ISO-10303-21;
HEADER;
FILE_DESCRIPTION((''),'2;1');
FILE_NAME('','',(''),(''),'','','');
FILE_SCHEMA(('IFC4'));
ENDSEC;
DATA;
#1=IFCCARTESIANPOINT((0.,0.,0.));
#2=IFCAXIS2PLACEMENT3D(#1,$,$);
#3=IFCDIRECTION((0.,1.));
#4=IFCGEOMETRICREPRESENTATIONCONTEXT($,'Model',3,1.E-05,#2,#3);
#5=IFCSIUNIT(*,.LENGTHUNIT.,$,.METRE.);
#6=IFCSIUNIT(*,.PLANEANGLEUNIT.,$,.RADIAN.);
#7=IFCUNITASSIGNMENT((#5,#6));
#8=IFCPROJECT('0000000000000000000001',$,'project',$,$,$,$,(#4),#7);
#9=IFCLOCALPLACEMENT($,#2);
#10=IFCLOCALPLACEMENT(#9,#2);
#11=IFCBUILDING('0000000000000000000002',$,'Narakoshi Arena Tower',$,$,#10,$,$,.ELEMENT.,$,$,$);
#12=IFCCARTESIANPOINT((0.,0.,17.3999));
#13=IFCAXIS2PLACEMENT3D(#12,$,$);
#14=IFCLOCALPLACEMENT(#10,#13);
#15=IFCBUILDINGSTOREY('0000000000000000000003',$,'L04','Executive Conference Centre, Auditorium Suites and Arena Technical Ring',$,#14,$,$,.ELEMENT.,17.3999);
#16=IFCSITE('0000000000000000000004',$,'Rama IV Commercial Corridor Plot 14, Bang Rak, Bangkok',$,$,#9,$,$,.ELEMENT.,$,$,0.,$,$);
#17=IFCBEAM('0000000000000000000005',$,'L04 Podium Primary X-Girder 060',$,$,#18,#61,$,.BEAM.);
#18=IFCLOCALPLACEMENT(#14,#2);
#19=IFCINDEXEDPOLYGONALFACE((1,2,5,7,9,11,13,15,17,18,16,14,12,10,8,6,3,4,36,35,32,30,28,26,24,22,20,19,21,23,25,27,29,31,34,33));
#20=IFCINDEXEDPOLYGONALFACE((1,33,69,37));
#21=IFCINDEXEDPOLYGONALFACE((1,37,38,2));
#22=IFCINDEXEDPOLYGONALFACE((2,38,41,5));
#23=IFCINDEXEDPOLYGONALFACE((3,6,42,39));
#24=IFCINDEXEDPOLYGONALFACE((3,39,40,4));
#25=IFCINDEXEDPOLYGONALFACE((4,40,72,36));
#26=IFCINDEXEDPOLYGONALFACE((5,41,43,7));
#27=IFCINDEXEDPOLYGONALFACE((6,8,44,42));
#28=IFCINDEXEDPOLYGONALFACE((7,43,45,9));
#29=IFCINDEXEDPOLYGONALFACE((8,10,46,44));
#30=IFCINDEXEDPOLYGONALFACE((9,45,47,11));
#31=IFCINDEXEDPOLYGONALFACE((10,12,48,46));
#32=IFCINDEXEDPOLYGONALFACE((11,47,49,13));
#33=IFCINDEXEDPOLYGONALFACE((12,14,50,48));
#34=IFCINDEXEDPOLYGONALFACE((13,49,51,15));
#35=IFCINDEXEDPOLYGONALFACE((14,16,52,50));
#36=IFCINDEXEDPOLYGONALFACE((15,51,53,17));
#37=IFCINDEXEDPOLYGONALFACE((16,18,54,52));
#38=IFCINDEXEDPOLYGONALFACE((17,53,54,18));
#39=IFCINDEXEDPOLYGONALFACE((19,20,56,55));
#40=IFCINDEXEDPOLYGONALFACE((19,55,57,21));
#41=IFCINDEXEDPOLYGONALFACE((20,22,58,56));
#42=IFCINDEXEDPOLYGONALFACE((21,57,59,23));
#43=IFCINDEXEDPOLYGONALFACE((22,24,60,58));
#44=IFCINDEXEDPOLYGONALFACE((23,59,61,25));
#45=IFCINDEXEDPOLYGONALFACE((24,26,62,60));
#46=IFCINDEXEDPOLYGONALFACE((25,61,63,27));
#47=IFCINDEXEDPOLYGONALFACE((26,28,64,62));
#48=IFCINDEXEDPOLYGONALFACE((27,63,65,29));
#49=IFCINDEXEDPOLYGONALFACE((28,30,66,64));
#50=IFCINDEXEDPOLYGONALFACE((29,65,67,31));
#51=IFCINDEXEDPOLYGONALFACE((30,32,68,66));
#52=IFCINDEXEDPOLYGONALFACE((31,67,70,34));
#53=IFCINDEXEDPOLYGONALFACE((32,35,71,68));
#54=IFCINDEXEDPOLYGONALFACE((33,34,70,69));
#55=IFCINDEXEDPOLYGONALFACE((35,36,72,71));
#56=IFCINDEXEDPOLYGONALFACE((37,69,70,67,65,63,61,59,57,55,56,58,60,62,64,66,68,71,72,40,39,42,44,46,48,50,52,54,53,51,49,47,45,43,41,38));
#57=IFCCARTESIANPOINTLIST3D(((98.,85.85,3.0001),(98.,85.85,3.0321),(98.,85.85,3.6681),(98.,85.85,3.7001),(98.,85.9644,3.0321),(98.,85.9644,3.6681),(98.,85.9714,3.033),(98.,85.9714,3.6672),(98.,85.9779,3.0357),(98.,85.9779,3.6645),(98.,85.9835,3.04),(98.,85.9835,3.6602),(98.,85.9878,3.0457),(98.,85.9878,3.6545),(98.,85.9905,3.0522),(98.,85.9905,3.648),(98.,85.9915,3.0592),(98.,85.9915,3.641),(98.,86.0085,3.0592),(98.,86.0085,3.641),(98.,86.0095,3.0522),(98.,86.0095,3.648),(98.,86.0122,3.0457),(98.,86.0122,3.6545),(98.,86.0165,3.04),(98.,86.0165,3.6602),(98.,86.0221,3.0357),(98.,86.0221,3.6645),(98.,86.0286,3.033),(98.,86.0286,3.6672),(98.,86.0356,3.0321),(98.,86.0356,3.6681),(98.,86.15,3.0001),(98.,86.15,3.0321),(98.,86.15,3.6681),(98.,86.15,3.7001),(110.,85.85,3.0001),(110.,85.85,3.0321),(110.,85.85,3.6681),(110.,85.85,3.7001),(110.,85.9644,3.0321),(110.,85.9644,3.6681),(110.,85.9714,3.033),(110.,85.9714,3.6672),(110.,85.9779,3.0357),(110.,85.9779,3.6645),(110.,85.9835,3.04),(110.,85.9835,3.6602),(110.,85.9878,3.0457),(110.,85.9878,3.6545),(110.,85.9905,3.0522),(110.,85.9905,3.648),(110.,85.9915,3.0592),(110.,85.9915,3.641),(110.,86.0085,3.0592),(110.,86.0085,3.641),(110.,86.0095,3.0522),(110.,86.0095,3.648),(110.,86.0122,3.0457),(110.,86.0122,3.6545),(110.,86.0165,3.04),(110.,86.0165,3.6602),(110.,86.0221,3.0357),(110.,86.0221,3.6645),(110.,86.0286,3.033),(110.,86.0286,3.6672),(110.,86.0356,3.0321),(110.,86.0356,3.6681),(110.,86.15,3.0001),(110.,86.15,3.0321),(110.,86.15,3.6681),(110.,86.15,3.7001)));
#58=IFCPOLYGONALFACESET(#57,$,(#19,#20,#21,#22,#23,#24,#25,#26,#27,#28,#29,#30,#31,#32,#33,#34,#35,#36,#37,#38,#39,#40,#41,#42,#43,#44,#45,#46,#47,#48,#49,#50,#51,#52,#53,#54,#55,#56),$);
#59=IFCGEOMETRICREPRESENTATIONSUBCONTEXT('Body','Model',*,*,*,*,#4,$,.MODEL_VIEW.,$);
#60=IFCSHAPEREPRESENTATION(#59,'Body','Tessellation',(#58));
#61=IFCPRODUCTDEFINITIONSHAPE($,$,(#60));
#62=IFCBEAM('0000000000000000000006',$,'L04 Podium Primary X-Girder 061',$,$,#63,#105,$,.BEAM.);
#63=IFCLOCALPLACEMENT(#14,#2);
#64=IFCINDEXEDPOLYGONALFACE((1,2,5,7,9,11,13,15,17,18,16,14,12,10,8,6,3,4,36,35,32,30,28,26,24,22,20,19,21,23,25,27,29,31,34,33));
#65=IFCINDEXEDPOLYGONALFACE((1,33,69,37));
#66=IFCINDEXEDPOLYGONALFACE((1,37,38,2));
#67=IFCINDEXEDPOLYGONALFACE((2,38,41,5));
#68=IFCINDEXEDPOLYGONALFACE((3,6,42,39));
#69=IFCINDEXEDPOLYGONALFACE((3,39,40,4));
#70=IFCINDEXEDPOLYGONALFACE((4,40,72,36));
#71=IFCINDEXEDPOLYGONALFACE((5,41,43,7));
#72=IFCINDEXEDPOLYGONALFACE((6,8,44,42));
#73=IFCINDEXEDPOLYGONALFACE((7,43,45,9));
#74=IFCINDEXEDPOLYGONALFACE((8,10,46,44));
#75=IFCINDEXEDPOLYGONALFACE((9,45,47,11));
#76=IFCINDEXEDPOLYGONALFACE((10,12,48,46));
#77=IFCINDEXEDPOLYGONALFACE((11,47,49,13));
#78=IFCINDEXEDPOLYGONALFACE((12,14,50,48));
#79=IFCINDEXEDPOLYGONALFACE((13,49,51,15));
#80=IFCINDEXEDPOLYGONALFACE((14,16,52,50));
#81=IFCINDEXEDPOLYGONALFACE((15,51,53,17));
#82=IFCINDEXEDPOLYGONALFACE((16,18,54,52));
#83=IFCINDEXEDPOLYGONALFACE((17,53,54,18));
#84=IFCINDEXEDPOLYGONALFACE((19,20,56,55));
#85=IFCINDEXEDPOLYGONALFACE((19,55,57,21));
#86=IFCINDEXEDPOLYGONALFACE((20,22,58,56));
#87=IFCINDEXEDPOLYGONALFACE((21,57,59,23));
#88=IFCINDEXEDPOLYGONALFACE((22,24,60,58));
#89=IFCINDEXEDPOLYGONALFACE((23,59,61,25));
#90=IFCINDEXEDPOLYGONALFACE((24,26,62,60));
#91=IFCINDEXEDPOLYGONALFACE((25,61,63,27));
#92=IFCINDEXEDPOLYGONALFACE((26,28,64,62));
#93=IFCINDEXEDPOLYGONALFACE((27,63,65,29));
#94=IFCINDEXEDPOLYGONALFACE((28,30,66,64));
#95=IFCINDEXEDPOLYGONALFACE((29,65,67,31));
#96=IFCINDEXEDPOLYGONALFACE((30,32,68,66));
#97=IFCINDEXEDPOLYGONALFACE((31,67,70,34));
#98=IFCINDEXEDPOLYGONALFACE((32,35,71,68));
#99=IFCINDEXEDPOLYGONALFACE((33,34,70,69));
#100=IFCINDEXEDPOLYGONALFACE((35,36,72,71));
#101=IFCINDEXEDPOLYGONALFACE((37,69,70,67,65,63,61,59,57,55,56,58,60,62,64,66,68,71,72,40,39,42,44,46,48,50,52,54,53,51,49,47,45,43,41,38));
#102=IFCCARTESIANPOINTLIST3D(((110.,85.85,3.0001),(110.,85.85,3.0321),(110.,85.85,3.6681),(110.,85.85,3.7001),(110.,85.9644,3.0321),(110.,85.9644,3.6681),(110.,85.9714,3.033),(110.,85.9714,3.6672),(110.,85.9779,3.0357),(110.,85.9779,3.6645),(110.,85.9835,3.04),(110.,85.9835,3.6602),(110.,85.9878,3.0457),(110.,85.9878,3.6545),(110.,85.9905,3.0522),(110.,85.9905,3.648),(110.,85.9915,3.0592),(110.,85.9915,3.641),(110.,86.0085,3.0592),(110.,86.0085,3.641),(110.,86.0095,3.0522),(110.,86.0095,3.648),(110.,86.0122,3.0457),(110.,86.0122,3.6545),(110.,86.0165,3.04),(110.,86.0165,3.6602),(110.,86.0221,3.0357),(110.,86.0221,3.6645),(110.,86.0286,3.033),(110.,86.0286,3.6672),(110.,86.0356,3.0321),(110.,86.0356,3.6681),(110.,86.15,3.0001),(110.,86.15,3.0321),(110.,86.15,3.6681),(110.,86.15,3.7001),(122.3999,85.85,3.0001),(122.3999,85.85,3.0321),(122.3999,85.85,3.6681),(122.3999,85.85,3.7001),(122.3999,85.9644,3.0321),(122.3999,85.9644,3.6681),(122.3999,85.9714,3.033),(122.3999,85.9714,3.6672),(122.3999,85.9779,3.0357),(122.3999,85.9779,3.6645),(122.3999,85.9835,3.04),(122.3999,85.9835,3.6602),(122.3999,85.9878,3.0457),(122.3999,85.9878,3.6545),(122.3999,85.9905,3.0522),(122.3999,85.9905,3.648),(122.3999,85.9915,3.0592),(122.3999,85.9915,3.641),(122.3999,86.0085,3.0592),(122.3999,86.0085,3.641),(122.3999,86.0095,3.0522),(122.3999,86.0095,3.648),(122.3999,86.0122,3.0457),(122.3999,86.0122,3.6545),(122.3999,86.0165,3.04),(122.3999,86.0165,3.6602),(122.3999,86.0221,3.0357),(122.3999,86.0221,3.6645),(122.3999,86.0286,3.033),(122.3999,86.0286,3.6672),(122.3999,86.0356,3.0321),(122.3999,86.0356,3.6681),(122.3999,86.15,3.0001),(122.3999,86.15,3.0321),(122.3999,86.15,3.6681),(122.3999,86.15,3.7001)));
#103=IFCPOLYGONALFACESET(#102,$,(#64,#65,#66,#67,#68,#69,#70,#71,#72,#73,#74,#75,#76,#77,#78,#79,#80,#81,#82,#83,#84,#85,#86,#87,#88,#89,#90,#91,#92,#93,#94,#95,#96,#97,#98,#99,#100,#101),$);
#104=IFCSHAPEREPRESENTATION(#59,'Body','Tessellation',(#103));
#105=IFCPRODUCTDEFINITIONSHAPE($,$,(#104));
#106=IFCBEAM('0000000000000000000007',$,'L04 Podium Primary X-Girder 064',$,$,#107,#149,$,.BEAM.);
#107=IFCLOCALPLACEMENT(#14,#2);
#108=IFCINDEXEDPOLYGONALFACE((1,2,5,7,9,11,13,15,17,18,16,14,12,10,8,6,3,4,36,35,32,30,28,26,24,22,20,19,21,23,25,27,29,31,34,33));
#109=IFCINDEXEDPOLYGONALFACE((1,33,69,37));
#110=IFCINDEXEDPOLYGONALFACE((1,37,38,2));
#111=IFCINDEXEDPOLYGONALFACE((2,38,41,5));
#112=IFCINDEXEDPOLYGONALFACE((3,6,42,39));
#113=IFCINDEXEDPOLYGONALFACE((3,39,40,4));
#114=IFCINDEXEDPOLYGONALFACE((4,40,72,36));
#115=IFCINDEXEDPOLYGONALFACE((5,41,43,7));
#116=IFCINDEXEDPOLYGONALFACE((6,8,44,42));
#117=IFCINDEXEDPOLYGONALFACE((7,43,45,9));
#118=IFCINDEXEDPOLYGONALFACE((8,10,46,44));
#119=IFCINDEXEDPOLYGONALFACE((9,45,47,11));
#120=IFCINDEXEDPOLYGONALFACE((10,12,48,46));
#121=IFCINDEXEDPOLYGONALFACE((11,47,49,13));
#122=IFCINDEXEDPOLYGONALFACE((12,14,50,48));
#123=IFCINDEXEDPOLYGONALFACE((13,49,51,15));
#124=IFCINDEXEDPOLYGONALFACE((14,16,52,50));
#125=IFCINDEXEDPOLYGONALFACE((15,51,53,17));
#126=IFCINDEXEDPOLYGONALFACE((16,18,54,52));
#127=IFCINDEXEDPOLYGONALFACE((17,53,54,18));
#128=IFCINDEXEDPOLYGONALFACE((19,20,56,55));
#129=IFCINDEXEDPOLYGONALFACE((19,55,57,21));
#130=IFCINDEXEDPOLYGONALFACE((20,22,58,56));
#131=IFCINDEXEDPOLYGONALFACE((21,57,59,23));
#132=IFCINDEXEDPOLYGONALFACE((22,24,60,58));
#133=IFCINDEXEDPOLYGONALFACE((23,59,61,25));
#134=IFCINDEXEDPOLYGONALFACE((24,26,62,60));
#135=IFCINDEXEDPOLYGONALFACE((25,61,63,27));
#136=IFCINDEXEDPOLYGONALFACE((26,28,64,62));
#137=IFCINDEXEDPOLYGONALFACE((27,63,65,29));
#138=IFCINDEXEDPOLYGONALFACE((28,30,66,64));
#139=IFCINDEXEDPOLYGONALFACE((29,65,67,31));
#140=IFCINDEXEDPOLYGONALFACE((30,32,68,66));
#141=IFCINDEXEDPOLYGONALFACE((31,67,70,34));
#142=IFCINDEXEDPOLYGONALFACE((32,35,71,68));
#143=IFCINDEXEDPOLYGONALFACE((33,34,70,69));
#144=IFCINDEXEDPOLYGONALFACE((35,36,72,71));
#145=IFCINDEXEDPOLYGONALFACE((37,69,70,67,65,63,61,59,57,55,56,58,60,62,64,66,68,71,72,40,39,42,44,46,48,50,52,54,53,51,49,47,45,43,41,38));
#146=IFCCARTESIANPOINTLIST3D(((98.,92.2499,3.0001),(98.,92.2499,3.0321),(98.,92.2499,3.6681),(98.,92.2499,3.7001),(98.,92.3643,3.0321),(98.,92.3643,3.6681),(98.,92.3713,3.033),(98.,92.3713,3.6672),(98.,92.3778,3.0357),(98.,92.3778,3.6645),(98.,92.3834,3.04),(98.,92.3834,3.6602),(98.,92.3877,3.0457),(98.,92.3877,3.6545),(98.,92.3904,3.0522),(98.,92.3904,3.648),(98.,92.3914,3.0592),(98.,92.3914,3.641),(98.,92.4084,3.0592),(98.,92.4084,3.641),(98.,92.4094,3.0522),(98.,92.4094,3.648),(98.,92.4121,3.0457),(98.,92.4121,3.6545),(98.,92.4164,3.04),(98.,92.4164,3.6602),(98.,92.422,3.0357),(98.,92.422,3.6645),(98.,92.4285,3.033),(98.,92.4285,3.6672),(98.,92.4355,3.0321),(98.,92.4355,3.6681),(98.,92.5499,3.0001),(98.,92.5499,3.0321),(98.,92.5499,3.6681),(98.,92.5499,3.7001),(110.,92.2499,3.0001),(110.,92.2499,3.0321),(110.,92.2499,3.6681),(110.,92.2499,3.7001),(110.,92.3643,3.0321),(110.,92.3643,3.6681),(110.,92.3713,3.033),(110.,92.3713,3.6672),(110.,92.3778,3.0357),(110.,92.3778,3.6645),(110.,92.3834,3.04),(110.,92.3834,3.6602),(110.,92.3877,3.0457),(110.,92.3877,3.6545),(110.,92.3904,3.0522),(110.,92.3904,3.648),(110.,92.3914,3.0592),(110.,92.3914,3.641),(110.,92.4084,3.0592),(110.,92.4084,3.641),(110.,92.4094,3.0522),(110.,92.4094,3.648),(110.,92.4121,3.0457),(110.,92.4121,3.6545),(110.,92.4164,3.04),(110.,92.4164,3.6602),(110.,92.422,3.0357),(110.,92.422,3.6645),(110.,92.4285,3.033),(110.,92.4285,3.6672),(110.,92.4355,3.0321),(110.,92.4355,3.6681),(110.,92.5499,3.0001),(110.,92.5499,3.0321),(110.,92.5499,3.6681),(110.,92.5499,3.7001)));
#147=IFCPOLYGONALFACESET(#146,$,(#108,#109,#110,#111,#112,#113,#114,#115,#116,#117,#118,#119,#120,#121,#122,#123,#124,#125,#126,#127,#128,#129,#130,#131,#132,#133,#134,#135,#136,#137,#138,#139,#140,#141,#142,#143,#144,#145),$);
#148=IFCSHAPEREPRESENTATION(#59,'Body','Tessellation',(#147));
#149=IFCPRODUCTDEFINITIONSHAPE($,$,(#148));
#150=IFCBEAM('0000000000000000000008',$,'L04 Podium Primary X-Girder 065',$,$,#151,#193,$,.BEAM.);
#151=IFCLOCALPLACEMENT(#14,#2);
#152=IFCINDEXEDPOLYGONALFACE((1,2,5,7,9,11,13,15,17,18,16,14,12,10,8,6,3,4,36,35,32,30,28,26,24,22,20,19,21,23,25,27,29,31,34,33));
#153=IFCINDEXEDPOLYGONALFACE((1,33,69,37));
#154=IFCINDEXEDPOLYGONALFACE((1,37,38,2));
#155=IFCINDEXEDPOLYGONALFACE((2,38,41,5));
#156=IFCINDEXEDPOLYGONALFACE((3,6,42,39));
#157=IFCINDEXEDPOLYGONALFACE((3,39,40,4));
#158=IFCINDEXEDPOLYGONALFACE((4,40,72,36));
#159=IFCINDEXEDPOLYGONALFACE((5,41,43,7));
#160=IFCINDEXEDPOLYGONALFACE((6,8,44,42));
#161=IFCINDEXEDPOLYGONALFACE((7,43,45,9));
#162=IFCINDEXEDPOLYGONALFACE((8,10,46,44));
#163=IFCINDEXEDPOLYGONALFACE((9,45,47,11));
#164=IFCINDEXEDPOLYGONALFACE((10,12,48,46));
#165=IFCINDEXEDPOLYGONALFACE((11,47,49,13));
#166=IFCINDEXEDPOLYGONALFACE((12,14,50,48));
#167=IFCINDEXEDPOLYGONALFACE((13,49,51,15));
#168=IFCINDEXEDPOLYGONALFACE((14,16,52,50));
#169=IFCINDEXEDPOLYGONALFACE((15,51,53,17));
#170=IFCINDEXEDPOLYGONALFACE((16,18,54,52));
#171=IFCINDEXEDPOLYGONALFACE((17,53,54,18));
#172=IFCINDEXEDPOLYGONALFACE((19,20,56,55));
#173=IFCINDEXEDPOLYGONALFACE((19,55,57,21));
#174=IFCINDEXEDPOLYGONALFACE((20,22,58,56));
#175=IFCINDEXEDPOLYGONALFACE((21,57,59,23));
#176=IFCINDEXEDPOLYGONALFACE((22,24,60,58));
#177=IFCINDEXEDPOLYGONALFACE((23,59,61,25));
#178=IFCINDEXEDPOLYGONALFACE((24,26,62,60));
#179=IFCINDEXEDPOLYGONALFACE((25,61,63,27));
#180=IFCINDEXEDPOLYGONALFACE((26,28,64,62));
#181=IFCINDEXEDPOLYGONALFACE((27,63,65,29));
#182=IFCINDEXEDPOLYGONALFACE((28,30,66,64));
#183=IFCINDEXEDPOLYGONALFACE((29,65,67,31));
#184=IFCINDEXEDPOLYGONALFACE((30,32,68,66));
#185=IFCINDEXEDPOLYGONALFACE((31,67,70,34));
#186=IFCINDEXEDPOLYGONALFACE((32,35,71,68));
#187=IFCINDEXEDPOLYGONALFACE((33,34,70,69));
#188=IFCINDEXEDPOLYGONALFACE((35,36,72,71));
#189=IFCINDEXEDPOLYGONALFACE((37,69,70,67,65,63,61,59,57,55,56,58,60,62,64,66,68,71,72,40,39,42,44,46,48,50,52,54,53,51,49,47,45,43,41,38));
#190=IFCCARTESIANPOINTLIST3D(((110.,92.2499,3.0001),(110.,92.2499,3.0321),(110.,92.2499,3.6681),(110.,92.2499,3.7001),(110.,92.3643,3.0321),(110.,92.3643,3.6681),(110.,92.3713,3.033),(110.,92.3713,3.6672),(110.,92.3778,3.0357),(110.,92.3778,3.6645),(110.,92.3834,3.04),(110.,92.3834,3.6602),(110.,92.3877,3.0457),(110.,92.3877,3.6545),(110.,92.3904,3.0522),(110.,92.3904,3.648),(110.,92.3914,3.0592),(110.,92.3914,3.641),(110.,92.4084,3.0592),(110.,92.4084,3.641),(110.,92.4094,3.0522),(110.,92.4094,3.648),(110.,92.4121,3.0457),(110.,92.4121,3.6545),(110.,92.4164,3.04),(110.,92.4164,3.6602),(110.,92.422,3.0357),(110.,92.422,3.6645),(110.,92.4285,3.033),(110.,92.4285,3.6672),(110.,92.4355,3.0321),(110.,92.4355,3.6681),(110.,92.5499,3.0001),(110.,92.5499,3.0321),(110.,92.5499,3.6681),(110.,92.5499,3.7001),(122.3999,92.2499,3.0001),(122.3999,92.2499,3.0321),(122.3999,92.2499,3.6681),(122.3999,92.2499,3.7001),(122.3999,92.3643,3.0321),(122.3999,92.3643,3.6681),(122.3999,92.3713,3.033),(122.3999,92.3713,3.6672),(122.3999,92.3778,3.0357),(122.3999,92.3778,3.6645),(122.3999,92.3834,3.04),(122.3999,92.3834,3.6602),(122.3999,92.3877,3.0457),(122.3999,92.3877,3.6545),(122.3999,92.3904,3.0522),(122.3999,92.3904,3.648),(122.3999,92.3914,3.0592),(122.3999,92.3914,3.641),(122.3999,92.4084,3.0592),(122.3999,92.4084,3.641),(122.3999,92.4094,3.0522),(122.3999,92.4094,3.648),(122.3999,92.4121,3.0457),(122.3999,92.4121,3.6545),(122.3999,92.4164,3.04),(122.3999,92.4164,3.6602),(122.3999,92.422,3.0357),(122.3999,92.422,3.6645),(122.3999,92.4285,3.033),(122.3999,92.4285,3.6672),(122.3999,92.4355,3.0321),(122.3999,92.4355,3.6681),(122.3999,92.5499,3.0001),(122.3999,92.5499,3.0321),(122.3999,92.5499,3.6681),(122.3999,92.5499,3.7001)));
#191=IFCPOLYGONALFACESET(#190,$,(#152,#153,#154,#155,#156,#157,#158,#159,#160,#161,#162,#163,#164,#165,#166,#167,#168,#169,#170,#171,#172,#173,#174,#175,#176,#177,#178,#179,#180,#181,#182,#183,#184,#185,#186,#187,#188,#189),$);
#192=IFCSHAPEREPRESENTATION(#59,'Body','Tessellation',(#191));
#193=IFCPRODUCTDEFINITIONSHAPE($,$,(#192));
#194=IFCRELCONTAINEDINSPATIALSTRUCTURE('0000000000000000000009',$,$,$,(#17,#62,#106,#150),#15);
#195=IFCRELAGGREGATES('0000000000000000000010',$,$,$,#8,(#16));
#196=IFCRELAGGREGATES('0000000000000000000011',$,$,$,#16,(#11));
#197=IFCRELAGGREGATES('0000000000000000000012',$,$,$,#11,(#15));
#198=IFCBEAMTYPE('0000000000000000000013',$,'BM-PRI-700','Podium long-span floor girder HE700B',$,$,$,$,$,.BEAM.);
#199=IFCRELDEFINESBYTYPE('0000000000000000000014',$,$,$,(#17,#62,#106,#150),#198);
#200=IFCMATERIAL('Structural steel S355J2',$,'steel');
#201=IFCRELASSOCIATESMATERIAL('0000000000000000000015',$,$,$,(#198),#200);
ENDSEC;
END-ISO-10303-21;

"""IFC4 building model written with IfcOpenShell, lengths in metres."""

from ifc_helpers import new_model, si_unit, direction, frame, origin, origin_2d, place, context, subcontext, project, spatial, i_section, extrude, material, material_profile, profile_set, type_object, element, save


model = new_model("IFC4")

# Units and contexts
model_context = context("Model", 3, precision=1e-05, world=origin(), true_north=direction((0.0, 1.0)))
body_context = subcontext(model_context, "Body", "Model", "MODEL_VIEW")
ifc_project = project(units=[si_unit("LENGTHUNIT", "METRE"), si_unit("PLANEANGLEUNIT", "RADIAN")], contexts=[model_context])

# Site, building, storey
site_placement = place(None, origin())
site = spatial("IfcSite", under=ifc_project, at=site_placement, Name="Rama IV Commercial Corridor Plot 14, Bang Rak, Bangkok", CompositionType="ELEMENT", RefElevation=0.0)
building_placement = place(site_placement, origin())
building = spatial("IfcBuilding", under=site, at=building_placement, Name="Narakoshi Arena Tower", CompositionType="ELEMENT")
storey_placement = place(building_placement, frame((0.0, 0.0, 17.3999)))
storey = spatial("IfcBuildingStorey", under=building, at=storey_placement, Name="L04", Description="Executive Conference Centre, Auditorium Suites and Arena Technical Ring", CompositionType="ELEMENT", Elevation=17.3999)

# Beams
ifc_material_1 = material(Name="Structural steel S355J2", Category="steel")
ifc_material_profile_1 = material_profile(ifc_material_1, i_section(OverallWidth=0.3, OverallDepth=0.7, WebThickness=0.0171, FlangeThickness=0.032, FilletRadius=0.0271, at=origin_2d()), Name="HE700B")
ifc_profile_set_1 = profile_set([ifc_material_profile_1], Name="Structural steel S355J2")
beam_type_1 = type_object("IfcBeamType", Name="BM-PRI-700", Description="Podium long-span floor girder HE700B", PredefinedType="BEAM", material=ifc_profile_set_1)
beam_1_placement = place(storey_placement, frame((98.0, 86.0, 3.3501), z_axis=(1.0, 0.0, 0.0), x_axis=(0.0, 1.0, 0.0)))
element("IfcBeam", 1, at=beam_1_placement, inside=storey, type_object=beam_type_1, Name="L04 Podium Primary X-Girder 060", PredefinedType="BEAM", context=body_context, shape_type="SweptSolid", body=[
    extrude(i_section(OverallWidth=0.3, OverallDepth=0.7, WebThickness=0.0171, FlangeThickness=0.032, FilletRadius=0.0271, at=origin_2d()), origin(), (0.0, 0.0, 1.0), 12.0),
])
beam_2_placement = place(storey_placement, frame((110.0, 86.0, 3.3501), z_axis=(1.0, 0.0, 0.0), x_axis=(0.0, 1.0, 0.0)))
element("IfcBeam", 2, at=beam_2_placement, inside=storey, type_object=beam_type_1, Name="L04 Podium Primary X-Girder 061", PredefinedType="BEAM", context=body_context, shape_type="SweptSolid", body=[
    extrude(i_section(OverallWidth=0.3, OverallDepth=0.7, WebThickness=0.0171, FlangeThickness=0.032, FilletRadius=0.0271, at=origin_2d()), origin(), (0.0, 0.0, 1.0), 12.3999),
])
beam_3_placement = place(storey_placement, frame((98.0, 92.3999, 3.3501), z_axis=(1.0, 0.0, 0.0), x_axis=(0.0, 1.0, 0.0)))
element("IfcBeam", 3, at=beam_3_placement, inside=storey, type_object=beam_type_1, Name="L04 Podium Primary X-Girder 064", PredefinedType="BEAM", context=body_context, shape_type="SweptSolid", body=[
    extrude(i_section(OverallWidth=0.3, OverallDepth=0.7, WebThickness=0.0171, FlangeThickness=0.032, FilletRadius=0.0271, at=origin_2d()), origin(), (0.0, 0.0, 1.0), 12.0),
])
beam_4_placement = place(storey_placement, frame((110.0, 92.3999, 3.3501), z_axis=(1.0, 0.0, 0.0), x_axis=(0.0, 1.0, 0.0)))
element("IfcBeam", 4, at=beam_4_placement, inside=storey, type_object=beam_type_1, Name="L04 Podium Primary X-Girder 065", PredefinedType="BEAM", context=body_context, shape_type="SweptSolid", body=[
    extrude(i_section(OverallWidth=0.3, OverallDepth=0.7, WebThickness=0.0171, FlangeThickness=0.032, FilletRadius=0.0271, at=origin_2d()), origin(), (0.0, 0.0, 1.0), 12.3999),
])

save(model, "model.ifc")
